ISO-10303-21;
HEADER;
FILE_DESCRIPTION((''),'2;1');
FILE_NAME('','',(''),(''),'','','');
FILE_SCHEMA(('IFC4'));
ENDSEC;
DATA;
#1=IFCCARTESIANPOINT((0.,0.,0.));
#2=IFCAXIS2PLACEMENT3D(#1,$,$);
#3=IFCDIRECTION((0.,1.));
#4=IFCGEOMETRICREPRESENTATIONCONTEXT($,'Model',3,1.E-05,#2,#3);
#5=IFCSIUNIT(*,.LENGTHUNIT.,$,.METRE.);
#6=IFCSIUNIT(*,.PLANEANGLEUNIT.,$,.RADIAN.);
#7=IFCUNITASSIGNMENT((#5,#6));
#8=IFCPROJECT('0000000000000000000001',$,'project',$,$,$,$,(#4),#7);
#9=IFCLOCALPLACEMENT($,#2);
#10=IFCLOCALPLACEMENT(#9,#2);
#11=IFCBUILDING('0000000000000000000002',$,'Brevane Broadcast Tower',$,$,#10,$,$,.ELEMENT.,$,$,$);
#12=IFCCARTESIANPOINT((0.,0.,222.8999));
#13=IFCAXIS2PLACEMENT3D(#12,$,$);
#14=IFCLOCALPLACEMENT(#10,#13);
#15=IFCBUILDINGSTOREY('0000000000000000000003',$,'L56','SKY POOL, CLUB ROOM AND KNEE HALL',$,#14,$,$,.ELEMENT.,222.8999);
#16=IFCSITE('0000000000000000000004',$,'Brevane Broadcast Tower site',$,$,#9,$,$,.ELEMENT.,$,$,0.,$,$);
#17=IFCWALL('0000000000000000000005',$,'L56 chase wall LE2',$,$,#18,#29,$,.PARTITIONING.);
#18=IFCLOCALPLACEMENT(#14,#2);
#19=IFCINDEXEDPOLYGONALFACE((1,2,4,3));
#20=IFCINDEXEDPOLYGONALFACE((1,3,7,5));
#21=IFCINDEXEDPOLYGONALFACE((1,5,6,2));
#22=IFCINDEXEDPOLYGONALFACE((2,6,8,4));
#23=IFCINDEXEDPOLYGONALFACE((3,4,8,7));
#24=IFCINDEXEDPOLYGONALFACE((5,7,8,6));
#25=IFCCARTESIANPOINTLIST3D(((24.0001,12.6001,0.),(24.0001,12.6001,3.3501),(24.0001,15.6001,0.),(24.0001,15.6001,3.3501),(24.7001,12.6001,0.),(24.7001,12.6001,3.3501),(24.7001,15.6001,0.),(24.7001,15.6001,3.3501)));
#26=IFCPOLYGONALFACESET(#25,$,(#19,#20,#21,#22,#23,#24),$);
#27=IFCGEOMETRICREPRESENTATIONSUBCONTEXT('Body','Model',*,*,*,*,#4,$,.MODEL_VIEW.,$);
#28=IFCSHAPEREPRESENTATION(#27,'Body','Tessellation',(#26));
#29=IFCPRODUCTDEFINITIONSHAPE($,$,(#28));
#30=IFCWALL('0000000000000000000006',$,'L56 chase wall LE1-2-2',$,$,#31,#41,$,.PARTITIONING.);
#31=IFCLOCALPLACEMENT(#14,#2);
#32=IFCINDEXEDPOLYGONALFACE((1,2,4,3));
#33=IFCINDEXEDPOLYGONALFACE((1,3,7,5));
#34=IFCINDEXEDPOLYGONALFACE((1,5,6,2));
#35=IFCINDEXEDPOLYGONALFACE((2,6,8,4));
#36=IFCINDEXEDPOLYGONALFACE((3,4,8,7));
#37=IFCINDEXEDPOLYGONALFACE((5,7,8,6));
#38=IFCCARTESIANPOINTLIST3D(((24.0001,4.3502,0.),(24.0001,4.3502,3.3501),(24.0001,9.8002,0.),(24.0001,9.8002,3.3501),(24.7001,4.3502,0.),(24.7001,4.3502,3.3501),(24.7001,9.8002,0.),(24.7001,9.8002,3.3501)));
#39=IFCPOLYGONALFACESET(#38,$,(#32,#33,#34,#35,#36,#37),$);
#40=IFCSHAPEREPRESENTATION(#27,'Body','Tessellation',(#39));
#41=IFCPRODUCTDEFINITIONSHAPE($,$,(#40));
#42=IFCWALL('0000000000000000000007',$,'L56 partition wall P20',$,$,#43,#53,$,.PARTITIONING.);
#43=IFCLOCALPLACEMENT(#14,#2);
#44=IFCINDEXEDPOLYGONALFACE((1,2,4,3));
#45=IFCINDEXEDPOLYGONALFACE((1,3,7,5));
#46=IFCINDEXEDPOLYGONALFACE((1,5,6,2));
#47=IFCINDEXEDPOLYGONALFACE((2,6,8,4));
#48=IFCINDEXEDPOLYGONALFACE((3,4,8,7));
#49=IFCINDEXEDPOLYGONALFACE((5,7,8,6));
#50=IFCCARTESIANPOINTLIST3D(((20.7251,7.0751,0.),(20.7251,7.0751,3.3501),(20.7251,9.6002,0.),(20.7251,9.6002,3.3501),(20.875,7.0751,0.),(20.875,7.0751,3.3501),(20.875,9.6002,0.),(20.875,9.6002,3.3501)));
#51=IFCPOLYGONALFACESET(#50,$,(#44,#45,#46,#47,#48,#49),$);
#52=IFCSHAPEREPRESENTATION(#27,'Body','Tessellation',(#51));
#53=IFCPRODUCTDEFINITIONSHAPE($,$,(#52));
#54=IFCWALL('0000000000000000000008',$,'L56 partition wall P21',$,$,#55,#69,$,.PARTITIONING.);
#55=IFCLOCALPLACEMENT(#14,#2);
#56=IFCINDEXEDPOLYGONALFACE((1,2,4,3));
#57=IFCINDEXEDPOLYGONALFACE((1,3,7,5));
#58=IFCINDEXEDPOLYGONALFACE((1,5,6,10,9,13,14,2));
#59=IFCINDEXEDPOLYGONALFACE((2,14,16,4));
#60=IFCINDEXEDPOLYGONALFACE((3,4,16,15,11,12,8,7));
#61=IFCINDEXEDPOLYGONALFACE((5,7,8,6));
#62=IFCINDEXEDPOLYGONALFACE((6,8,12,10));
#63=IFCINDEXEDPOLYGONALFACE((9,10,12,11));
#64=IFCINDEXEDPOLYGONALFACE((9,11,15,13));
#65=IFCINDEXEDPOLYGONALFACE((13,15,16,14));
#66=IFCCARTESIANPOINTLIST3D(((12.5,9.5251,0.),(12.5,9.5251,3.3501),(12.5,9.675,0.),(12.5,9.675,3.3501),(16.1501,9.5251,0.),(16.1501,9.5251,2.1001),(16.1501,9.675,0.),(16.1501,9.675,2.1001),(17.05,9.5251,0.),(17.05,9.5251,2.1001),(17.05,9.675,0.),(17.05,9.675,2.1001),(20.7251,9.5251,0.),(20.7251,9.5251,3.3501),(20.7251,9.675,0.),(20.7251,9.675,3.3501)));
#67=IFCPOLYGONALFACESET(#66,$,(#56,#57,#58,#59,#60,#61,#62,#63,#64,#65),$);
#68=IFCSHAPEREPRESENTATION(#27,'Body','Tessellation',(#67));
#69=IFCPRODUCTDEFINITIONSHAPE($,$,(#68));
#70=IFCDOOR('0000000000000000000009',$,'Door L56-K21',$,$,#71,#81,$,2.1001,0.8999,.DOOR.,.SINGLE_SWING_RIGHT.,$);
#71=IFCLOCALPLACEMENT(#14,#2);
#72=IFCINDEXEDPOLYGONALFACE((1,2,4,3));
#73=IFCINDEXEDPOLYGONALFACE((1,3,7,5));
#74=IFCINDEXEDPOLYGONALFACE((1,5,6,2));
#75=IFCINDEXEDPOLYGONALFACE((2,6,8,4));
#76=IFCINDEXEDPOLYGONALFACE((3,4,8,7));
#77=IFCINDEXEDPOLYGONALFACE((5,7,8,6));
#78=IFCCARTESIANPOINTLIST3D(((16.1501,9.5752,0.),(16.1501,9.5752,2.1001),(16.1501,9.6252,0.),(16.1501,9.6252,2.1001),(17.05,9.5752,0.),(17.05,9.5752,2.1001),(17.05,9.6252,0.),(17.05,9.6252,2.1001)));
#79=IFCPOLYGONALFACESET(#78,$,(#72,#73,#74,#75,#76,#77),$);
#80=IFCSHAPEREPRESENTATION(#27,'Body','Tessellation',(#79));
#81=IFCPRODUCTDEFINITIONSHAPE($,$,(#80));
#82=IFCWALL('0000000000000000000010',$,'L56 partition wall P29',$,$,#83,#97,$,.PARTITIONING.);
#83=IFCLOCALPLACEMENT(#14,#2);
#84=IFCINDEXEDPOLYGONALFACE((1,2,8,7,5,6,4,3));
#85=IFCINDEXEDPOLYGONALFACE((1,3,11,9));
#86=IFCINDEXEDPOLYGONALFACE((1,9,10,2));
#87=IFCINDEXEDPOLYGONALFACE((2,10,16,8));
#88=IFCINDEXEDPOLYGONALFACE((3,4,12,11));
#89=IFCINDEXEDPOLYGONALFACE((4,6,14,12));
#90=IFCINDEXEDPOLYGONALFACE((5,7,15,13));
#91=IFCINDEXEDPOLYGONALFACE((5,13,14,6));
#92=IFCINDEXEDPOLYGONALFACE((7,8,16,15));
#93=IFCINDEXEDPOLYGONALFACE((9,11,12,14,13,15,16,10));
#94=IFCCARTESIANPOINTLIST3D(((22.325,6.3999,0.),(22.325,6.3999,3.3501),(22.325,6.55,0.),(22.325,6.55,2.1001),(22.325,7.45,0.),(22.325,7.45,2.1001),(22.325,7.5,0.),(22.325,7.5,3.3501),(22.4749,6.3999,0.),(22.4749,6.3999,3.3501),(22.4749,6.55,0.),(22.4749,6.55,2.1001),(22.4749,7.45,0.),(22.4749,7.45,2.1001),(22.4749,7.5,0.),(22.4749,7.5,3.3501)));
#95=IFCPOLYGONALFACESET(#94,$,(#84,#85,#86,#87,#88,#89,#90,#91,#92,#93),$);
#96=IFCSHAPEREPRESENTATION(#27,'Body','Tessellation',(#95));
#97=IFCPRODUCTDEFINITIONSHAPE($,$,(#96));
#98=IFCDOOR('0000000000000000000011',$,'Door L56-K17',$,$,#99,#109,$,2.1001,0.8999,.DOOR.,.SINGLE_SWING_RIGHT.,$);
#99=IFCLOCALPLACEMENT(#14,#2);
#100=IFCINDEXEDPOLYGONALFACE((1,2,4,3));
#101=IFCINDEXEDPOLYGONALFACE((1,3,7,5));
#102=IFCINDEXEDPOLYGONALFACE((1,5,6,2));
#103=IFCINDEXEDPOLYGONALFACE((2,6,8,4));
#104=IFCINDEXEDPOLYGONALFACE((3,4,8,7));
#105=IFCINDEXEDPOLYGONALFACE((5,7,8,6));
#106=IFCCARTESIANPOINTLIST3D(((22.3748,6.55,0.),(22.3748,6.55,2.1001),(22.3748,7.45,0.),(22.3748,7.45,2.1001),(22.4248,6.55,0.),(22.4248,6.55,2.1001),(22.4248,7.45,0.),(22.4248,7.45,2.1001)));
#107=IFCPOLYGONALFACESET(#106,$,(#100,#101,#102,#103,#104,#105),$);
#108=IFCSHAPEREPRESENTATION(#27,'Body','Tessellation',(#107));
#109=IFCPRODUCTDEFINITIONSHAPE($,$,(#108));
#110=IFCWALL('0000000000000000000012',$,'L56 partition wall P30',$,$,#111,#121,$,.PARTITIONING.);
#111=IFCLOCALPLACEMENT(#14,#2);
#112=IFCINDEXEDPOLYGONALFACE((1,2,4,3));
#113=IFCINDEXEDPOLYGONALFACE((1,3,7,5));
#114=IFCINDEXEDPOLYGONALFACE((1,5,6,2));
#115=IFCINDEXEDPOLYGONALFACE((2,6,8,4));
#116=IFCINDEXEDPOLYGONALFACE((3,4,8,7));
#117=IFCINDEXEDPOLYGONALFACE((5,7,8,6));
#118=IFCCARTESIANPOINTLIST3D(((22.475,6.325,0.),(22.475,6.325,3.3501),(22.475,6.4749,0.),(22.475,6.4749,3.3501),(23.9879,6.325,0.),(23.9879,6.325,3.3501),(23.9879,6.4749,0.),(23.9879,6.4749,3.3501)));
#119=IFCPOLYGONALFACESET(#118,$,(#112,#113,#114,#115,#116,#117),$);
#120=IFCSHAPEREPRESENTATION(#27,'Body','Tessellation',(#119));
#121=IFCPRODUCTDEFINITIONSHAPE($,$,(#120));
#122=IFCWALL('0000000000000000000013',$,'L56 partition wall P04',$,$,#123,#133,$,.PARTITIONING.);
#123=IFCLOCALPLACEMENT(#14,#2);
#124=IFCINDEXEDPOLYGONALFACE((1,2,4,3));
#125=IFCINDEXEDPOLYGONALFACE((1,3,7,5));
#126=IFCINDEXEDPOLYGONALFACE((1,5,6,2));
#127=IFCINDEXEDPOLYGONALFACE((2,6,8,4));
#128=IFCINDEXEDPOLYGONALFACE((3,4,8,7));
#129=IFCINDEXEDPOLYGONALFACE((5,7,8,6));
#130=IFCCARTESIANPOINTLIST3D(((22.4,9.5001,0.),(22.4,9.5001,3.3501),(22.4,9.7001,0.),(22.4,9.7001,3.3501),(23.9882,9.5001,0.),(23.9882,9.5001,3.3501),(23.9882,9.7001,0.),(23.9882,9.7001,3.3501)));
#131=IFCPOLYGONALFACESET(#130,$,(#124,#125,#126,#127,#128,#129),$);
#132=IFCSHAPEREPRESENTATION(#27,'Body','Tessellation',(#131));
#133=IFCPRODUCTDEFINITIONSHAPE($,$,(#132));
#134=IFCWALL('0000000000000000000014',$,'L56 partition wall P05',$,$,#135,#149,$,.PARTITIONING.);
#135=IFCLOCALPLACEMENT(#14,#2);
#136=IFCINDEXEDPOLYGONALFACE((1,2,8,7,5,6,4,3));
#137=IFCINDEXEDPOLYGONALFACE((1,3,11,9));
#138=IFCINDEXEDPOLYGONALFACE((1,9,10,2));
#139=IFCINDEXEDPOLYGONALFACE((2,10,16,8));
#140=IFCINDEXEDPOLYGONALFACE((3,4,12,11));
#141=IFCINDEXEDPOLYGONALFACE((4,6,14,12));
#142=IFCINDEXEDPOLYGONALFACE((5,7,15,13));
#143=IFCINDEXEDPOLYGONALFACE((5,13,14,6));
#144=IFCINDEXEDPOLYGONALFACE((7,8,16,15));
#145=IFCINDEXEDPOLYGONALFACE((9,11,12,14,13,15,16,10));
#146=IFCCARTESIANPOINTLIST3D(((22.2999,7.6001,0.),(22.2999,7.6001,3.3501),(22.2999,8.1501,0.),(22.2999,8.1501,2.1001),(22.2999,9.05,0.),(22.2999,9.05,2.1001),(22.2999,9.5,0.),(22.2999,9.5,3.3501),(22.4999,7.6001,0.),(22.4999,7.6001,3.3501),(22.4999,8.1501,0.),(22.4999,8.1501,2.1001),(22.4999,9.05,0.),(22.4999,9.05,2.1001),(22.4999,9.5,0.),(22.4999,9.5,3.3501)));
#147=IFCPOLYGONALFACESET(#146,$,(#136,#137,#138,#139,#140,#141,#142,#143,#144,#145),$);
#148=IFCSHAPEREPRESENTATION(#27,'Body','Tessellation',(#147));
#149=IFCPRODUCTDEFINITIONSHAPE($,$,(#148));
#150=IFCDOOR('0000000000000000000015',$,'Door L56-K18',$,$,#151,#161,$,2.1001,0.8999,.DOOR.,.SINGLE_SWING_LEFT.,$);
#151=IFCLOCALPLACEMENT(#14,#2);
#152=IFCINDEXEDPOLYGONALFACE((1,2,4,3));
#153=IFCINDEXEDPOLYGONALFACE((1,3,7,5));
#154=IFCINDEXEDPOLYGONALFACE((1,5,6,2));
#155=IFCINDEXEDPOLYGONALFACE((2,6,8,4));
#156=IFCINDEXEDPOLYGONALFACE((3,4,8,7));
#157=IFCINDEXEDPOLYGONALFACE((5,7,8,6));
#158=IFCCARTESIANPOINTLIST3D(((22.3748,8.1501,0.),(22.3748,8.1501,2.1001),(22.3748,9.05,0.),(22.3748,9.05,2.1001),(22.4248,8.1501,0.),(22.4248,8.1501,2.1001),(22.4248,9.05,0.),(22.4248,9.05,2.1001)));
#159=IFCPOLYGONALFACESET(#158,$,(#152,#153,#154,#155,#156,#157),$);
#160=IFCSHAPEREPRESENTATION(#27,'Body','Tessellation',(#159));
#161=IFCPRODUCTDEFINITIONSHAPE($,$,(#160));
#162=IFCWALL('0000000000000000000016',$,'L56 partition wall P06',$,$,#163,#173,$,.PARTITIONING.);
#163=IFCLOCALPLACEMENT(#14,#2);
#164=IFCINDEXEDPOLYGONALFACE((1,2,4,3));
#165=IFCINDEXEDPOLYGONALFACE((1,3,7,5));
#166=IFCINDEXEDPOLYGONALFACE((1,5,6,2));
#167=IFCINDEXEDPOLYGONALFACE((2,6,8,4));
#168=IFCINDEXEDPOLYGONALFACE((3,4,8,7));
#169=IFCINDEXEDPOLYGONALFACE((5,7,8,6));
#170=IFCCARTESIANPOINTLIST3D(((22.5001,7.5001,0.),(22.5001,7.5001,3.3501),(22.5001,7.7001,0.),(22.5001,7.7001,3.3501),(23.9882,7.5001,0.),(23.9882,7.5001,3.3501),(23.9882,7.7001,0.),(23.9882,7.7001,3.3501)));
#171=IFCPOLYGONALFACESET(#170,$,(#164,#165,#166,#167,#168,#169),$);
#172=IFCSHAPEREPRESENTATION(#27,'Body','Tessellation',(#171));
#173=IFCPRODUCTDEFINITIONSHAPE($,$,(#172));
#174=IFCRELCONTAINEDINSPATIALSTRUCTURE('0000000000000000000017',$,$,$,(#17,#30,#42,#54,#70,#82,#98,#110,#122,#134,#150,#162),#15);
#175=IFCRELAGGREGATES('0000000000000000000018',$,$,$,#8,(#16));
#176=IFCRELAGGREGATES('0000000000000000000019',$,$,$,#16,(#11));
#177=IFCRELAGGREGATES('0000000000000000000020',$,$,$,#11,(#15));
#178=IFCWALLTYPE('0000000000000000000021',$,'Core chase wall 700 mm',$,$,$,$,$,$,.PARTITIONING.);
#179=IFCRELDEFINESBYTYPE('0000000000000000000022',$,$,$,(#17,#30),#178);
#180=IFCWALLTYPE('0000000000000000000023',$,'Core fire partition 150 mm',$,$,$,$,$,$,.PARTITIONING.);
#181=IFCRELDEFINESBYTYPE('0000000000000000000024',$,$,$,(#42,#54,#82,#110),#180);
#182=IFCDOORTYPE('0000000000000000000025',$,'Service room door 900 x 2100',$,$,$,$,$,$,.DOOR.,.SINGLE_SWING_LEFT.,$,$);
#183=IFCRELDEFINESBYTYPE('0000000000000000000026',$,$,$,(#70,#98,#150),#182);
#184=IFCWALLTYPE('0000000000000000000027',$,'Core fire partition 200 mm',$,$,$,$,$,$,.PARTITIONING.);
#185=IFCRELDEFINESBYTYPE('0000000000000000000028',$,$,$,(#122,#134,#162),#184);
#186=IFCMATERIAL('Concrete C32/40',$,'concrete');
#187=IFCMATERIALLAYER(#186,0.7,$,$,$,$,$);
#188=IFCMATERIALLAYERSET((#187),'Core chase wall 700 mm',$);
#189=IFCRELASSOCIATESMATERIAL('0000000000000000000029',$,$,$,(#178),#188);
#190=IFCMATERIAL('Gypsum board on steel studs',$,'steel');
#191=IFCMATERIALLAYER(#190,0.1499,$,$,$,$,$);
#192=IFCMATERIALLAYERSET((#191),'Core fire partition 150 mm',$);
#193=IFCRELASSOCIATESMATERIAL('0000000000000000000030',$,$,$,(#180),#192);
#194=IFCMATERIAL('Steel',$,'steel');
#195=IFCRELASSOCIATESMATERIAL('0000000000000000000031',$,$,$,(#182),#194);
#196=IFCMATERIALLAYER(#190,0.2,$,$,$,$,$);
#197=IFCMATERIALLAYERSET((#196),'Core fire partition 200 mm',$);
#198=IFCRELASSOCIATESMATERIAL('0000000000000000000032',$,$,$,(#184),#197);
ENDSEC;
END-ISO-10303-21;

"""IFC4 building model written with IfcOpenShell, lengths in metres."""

from ifc_helpers import new_model, si_unit, direction, frame, frame_2d, origin, place, context, subcontext, project, spatial, rectangle, extrude, material, layer, layer_set, type_object, element, fill, save


model = new_model("IFC4")

# Units and contexts
model_context = context("Model", 3, precision=1e-05, world=origin(), true_north=direction((0.0, 1.0)))
body_context = subcontext(model_context, "Body", "Model", "MODEL_VIEW")
ifc_project = project(units=[si_unit("LENGTHUNIT", "METRE"), si_unit("PLANEANGLEUNIT", "RADIAN")], contexts=[model_context])

# Site, building, storey
site_placement = place(None, origin())
site = spatial("IfcSite", under=ifc_project, at=site_placement, Name="Brevane Broadcast Tower site", CompositionType="ELEMENT", RefElevation=0.0)
building_placement = place(site_placement, origin())
building = spatial("IfcBuilding", under=site, at=building_placement, Name="Brevane Broadcast Tower", CompositionType="ELEMENT")
storey_placement = place(building_placement, frame((0.0, 0.0, 222.8999)))
storey = spatial("IfcBuildingStorey", under=building, at=storey_placement, Name="L56", Description="SKY POOL, CLUB ROOM AND KNEE HALL", CompositionType="ELEMENT", Elevation=222.8999)

# Walls
ifc_material_1 = material(Name="Concrete C32/40", Category="concrete")
ifc_layer_1 = layer(ifc_material_1, 0.7)
ifc_layer_set_1 = layer_set([ifc_layer_1], Name="Core chase wall 700 mm")
wall_type_1 = type_object("IfcWallType", Name="Core chase wall 700 mm", PredefinedType="PARTITIONING", material=ifc_layer_set_1)
wall_1_placement = place(storey_placement, frame((24.3501, 12.6001, 0.0), z_axis=(0.0, 0.0, 1.0), x_axis=(0.0, 1.0, 0.0)))
element("IfcWall", 1, at=wall_1_placement, inside=storey, type_object=wall_type_1, Name="L56 chase wall LE2", PredefinedType="PARTITIONING", context=body_context, shape_type="SweptSolid", body=[
    extrude(rectangle(XDim=3.0, YDim=0.7, at=frame_2d((1.5, 0.0))), origin(), (0.0, 0.0, 1.0), 3.3501),
])
wall_2_placement = place(storey_placement, frame((24.3501, 4.3501, 0.0), z_axis=(0.0, 0.0, 1.0), x_axis=(0.0, 1.0, 0.0)))
element("IfcWall", 2, at=wall_2_placement, inside=storey, type_object=wall_type_1, Name="L56 chase wall LE1-2-2", PredefinedType="PARTITIONING", context=body_context, shape_type="SweptSolid", body=[
    extrude(rectangle(XDim=5.45, YDim=0.7, at=frame_2d((2.7251, 0.0))), origin(), (0.0, 0.0, 1.0), 3.3501),
])
ifc_material_2 = material(Name="Gypsum board on steel studs", Category="steel")
ifc_layer_2 = layer(ifc_material_2, 0.1499)
ifc_layer_set_2 = layer_set([ifc_layer_2], Name="Core fire partition 150 mm")
wall_type_2 = type_object("IfcWallType", Name="Core fire partition 150 mm", PredefinedType="PARTITIONING", material=ifc_layer_set_2)
wall_3_placement = place(storey_placement, frame((20.8, 7.075, 0.0), z_axis=(0.0, 0.0, 1.0), x_axis=(0.0, 1.0, 0.0)))
element("IfcWall", 3, at=wall_3_placement, inside=storey, type_object=wall_type_2, Name="L56 partition wall P20", PredefinedType="PARTITIONING", context=body_context, shape_type="SweptSolid", body=[
    extrude(rectangle(XDim=2.5251, YDim=0.1499, at=frame_2d((1.2627, 0.0))), origin(), (0.0, 0.0, 1.0), 3.3501),
])

# Walls, openings, doors
wall_4_placement = place(storey_placement, frame((20.7251, 9.6001, 0.0), z_axis=(0.0, 0.0, 1.0), x_axis=(-1.0, 0.0, 0.0)))
wall_4 = element("IfcWall", 4, at=wall_4_placement, inside=storey, type_object=wall_type_2, Name="L56 partition wall P21", PredefinedType="PARTITIONING", context=body_context, shape_type="SweptSolid", body=[
    extrude(rectangle(XDim=8.2251, YDim=0.1499, at=frame_2d((4.1125, 0.0))), origin(), (0.0, 0.0, 1.0), 3.3501),
])
opening_1_placement = place(wall_4_placement, frame((3.675, 0.0, 0.0)))
opening_1 = element("IfcOpeningElement", 5, at=opening_1_placement, cuts=wall_4, PredefinedType="OPENING", context=body_context, shape_type="SweptSolid", body=[
    extrude(rectangle(XDim=0.8999, YDim=2.1001, at=frame_2d((0.45, 1.05))), frame((0.0, 0.085, 0.0), z_axis=(0.0, -1.0, 0.0), x_axis=(1.0, 0.0, 0.0)), (0.0, 0.0, 1.0), 0.1699),
])
ifc_material_3 = material(Name="Steel", Category="steel")
door_type_1 = type_object("IfcDoorType", Name="Service room door 900 x 2100", OperationType="SINGLE_SWING_LEFT", PredefinedType="DOOR", material=ifc_material_3)
door_1_placement = place(opening_1_placement, origin())
door_1 = element("IfcDoor", 6, at=door_1_placement, inside=storey, type_object=door_type_1, Name="Door L56-K21", OperationType="SINGLE_SWING_RIGHT", OverallHeight=2.1001, OverallWidth=0.8999, PredefinedType="DOOR", context=body_context, shape_type="SweptSolid", body=[
    extrude(rectangle(XDim=0.8999, YDim=2.1001, at=frame_2d((0.45, 1.05))), frame((0.0, 0.0249, 0.0), z_axis=(0.0, -1.0, 0.0), x_axis=(1.0, 0.0, 0.0)), (0.0, 0.0, 1.0), 0.05),
])
fill(opening_1, door_1)
wall_5_placement = place(storey_placement, frame((22.3999, 7.5, 0.0), z_axis=(0.0, 0.0, 1.0), x_axis=(0.0, -1.0, 0.0)))
wall_5 = element("IfcWall", 7, at=wall_5_placement, inside=storey, type_object=wall_type_2, Name="L56 partition wall P29", PredefinedType="PARTITIONING", context=body_context, shape_type="SweptSolid", body=[
    extrude(rectangle(XDim=1.1001, YDim=0.1499, at=frame_2d((0.55, 0.0))), origin(), (0.0, 0.0, 1.0), 3.3501),
])
opening_2_placement = place(wall_5_placement, frame((0.05, 0.0, 0.0)))
opening_2 = element("IfcOpeningElement", 8, at=opening_2_placement, cuts=wall_5, PredefinedType="OPENING", context=body_context, shape_type="SweptSolid", body=[
    extrude(rectangle(XDim=0.8999, YDim=2.1001, at=frame_2d((0.45, 1.05))), frame((0.0, 0.085, 0.0), z_axis=(0.0, -1.0, 0.0), x_axis=(1.0, 0.0, 0.0)), (0.0, 0.0, 1.0), 0.1699),
])
door_2_placement = place(opening_2_placement, origin())
door_2 = element("IfcDoor", 9, at=door_2_placement, inside=storey, type_object=door_type_1, Name="Door L56-K17", OperationType="SINGLE_SWING_RIGHT", OverallHeight=2.1001, OverallWidth=0.8999, PredefinedType="DOOR", context=body_context, shape_type="SweptSolid", body=[
    extrude(rectangle(XDim=0.8999, YDim=2.1001, at=frame_2d((0.45, 1.05))), frame((0.0, 0.0249, 0.0), z_axis=(0.0, -1.0, 0.0), x_axis=(1.0, 0.0, 0.0)), (0.0, 0.0, 1.0), 0.05),
])
fill(opening_2, door_2)

# Walls
wall_6_placement = place(storey_placement, frame((22.4751, 6.3999, 0.0), z_axis=(0.0, 0.0, 1.0), x_axis=(1.0, 0.0, 0.0)))
element("IfcWall", 10, at=wall_6_placement, inside=storey, type_object=wall_type_2, Name="L56 partition wall P30", PredefinedType="PARTITIONING", context=body_context, shape_type="SweptSolid", body=[
    extrude(rectangle(XDim=1.5129, YDim=0.1499, at=frame_2d((0.7563, 0.0))), origin(), (0.0, 0.0, 1.0), 3.3501),
])
ifc_layer_3 = layer(ifc_material_2, 0.2)
ifc_layer_set_3 = layer_set([ifc_layer_3], Name="Core fire partition 200 mm")
wall_type_3 = type_object("IfcWallType", Name="Core fire partition 200 mm", PredefinedType="PARTITIONING", material=ifc_layer_set_3)
wall_7_placement = place(storey_placement, frame((23.988, 9.6001, 0.0), z_axis=(0.0, 0.0, 1.0), x_axis=(-1.0, 0.0, 0.0)))
element("IfcWall", 11, at=wall_7_placement, inside=storey, type_object=wall_type_3, Name="L56 partition wall P04", PredefinedType="PARTITIONING", context=body_context, shape_type="SweptSolid", body=[
    extrude(rectangle(XDim=1.5881, YDim=0.2, at=frame_2d((0.7939, 0.0))), origin(), (0.0, 0.0, 1.0), 3.3501),
])

# Wall, opening, door
wall_8_placement = place(storey_placement, frame((22.3999, 9.5, 0.0), z_axis=(0.0, 0.0, 1.0), x_axis=(0.0, -1.0, 0.0)))
wall_8 = element("IfcWall", 12, at=wall_8_placement, inside=storey, type_object=wall_type_3, Name="L56 partition wall P05", PredefinedType="PARTITIONING", context=body_context, shape_type="SweptSolid", body=[
    extrude(rectangle(XDim=1.8999, YDim=0.2, at=frame_2d((0.95, 0.0))), origin(), (0.0, 0.0, 1.0), 3.3501),
])
opening_3_placement = place(wall_8_placement, frame((0.45, 0.0, 0.0)))
opening_3 = element("IfcOpeningElement", 13, at=opening_3_placement, cuts=wall_8, PredefinedType="OPENING", context=body_context, shape_type="SweptSolid", body=[
    extrude(rectangle(XDim=0.8999, YDim=2.1001, at=frame_2d((0.45, 1.05))), frame((0.0, 0.1099, 0.0), z_axis=(0.0, -1.0, 0.0), x_axis=(1.0, 0.0, 0.0)), (0.0, 0.0, 1.0), 0.22),
])
door_3_placement = place(opening_3_placement, origin())
door_3 = element("IfcDoor", 14, at=door_3_placement, inside=storey, type_object=door_type_1, Name="Door L56-K18", OperationType="SINGLE_SWING_LEFT", OverallHeight=2.1001, OverallWidth=0.8999, PredefinedType="DOOR", context=body_context, shape_type="SweptSolid", body=[
    extrude(rectangle(XDim=0.8999, YDim=2.1001, at=frame_2d((0.45, 1.05))), frame((0.0, 0.0249, 0.0), z_axis=(0.0, -1.0, 0.0), x_axis=(1.0, 0.0, 0.0)), (0.0, 0.0, 1.0), 0.05),
])
fill(opening_3, door_3)

# Wall
wall_9_placement = place(storey_placement, frame((22.5, 7.6001, 0.0), z_axis=(0.0, 0.0, 1.0), x_axis=(1.0, 0.0, 0.0)))
element("IfcWall", 15, at=wall_9_placement, inside=storey, type_object=wall_type_3, Name="L56 partition wall P06", PredefinedType="PARTITIONING", context=body_context, shape_type="SweptSolid", body=[
    extrude(rectangle(XDim=1.488, YDim=0.2, at=frame_2d((0.7441, 0.0))), origin(), (0.0, 0.0, 1.0), 3.3501),
])

save(model, "model.ifc")
